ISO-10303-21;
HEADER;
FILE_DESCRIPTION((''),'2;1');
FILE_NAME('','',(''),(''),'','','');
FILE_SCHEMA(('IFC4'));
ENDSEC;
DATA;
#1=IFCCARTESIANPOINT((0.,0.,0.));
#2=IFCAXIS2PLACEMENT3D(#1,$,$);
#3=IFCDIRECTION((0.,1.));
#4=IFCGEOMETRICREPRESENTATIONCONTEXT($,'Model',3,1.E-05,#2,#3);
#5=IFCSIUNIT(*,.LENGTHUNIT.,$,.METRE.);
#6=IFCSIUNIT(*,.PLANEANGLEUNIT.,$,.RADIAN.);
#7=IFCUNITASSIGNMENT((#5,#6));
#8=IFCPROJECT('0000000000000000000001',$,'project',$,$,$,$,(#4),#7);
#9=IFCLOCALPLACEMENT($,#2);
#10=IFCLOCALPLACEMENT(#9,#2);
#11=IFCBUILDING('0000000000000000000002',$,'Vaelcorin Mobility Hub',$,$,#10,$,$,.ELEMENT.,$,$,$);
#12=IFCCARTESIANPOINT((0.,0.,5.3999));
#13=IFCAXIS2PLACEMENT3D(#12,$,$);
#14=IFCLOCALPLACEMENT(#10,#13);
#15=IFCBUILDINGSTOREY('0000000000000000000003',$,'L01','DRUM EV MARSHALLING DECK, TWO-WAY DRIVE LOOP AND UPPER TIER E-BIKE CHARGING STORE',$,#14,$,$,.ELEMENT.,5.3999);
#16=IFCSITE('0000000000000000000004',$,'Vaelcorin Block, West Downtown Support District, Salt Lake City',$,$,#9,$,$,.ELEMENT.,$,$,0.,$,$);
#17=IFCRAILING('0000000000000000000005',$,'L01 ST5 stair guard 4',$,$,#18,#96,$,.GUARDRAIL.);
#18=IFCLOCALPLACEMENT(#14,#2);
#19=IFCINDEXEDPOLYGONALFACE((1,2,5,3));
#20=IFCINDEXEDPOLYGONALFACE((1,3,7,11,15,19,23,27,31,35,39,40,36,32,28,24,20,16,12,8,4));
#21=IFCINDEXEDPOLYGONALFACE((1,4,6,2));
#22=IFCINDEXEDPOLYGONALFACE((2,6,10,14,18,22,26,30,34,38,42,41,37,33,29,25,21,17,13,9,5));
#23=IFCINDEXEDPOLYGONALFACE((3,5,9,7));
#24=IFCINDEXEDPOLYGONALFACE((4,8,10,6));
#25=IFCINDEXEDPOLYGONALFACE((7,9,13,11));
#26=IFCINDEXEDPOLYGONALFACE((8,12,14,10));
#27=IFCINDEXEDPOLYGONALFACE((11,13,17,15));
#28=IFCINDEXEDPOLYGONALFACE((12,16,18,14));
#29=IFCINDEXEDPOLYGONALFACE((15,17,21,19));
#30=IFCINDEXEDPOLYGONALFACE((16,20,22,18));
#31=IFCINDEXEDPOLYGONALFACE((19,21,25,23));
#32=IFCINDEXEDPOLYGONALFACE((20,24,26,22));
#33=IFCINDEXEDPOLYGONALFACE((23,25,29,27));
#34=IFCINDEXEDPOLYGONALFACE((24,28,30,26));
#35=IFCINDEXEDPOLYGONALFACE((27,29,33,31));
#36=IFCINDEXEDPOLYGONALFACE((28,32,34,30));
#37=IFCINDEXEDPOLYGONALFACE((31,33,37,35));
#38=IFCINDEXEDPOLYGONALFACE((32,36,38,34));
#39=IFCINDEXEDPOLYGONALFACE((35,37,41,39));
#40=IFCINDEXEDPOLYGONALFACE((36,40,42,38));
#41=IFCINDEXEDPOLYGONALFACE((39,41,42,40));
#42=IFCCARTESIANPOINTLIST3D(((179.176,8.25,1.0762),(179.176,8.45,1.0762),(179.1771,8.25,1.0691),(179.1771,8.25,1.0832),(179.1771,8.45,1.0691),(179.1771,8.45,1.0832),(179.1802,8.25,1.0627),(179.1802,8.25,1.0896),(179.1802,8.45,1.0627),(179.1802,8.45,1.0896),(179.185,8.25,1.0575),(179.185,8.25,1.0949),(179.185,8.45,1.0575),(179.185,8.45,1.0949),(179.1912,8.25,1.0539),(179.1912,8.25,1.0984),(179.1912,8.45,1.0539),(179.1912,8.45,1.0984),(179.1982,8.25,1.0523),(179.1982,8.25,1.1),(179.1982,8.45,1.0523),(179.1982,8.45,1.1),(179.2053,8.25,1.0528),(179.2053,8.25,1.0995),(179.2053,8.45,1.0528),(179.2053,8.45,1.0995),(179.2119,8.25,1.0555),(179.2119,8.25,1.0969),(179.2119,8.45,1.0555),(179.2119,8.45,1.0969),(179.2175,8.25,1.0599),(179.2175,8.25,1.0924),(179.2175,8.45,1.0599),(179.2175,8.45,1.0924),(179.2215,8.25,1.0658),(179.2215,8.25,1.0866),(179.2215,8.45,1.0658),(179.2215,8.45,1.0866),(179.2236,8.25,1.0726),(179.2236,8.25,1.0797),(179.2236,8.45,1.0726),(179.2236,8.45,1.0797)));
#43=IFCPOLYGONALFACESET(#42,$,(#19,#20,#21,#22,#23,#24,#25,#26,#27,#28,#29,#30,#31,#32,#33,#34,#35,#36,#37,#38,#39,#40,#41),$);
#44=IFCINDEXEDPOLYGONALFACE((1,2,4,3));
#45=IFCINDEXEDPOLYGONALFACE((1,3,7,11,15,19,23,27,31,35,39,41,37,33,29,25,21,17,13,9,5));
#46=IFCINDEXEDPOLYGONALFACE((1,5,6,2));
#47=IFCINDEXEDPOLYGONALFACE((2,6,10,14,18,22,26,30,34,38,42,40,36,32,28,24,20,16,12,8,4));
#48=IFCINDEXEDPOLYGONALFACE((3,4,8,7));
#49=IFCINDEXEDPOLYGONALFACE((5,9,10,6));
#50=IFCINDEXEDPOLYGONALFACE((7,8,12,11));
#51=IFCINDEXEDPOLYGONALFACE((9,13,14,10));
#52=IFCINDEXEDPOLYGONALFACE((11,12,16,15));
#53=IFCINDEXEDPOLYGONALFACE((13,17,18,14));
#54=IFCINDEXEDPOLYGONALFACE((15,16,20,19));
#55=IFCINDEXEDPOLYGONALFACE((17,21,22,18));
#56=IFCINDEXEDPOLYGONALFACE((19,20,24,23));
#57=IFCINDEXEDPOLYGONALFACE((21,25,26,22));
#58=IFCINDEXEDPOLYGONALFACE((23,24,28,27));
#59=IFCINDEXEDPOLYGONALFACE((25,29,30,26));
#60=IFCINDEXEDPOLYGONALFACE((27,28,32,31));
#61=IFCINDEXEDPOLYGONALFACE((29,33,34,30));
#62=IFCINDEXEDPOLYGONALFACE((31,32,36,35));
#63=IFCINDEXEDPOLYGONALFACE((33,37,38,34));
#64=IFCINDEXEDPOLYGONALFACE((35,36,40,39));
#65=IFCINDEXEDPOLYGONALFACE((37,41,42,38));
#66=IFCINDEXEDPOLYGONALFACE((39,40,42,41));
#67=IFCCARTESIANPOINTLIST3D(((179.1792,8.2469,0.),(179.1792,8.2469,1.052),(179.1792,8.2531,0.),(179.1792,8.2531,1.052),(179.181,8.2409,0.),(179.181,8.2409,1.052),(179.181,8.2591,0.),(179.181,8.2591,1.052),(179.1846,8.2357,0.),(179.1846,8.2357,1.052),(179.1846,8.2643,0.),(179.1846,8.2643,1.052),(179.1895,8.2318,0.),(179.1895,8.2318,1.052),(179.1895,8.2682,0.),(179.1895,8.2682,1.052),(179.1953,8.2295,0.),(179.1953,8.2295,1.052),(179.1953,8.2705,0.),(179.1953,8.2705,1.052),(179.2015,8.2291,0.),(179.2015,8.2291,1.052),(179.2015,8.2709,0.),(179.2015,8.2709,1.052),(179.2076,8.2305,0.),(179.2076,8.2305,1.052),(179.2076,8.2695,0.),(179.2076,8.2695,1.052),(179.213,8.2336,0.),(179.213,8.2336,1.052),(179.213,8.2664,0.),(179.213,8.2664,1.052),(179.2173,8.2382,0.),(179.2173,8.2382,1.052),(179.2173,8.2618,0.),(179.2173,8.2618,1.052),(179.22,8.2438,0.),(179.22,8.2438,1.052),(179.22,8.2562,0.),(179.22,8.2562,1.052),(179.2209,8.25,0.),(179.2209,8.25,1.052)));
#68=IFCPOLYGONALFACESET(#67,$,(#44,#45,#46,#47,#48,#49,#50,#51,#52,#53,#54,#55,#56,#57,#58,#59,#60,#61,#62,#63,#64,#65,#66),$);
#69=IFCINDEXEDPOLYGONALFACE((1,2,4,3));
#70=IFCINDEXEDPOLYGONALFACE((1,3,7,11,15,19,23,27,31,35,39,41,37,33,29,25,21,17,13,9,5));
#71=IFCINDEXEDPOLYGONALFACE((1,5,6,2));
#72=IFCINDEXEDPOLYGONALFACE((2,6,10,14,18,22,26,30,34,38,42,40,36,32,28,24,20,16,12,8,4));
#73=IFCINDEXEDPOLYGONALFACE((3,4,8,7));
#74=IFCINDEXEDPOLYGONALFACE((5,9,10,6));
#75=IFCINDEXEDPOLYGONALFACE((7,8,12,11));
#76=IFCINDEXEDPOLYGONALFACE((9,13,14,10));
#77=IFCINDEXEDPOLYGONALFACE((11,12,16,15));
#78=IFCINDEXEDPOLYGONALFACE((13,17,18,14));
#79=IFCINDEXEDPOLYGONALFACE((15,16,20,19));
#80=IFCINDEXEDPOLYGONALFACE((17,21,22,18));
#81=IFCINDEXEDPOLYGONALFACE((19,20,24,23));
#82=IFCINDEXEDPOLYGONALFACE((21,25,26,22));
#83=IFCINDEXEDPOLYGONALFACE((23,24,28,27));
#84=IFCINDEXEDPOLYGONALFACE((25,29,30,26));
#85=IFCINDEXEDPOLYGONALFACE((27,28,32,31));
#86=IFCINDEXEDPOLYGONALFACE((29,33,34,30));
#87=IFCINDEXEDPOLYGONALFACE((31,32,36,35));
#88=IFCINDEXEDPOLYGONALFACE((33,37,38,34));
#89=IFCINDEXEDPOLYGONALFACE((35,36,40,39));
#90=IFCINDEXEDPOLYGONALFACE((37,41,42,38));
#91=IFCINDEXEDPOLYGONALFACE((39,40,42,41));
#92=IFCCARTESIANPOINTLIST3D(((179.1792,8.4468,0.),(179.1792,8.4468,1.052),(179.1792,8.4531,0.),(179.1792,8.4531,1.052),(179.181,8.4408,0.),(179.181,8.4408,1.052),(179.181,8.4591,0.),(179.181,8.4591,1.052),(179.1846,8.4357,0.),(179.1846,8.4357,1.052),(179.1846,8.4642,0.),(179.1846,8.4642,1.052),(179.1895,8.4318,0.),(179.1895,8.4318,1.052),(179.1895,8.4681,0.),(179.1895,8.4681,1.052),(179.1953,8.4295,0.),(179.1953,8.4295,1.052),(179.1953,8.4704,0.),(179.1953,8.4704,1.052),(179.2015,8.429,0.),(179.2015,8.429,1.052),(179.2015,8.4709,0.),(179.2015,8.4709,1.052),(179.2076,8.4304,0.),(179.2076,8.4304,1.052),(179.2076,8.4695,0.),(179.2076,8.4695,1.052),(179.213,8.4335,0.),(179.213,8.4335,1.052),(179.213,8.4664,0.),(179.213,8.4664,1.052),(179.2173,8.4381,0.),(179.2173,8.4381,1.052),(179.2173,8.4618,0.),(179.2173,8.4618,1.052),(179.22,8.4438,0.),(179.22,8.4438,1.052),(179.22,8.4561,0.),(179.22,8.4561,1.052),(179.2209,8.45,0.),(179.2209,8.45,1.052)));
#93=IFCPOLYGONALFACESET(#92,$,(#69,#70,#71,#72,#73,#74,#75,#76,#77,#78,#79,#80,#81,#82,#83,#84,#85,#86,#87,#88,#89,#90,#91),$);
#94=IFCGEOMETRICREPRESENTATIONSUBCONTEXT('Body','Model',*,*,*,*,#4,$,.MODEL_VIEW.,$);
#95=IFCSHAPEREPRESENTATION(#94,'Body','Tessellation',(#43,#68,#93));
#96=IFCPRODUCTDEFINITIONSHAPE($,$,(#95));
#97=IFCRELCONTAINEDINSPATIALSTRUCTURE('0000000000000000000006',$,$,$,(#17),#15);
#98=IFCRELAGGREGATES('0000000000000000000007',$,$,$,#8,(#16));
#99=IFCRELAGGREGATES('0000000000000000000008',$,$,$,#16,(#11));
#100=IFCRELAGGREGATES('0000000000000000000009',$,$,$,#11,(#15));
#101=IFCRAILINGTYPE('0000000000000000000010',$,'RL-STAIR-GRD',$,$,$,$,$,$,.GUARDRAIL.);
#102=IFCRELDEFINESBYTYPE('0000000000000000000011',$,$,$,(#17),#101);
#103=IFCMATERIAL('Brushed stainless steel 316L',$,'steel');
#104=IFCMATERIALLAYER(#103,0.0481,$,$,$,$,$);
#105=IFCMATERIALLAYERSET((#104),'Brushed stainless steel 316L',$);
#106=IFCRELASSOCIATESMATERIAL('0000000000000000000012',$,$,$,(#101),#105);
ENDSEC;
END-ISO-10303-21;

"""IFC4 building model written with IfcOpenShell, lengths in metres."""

from ifc_helpers import new_model, si_unit, direction, frame, origin, origin_2d, place, context, subcontext, project, spatial, circle, extrude, material, layer, layer_set, type_object, element, save


model = new_model("IFC4")

# Units and contexts
model_context = context("Model", 3, precision=1e-05, world=origin(), true_north=direction((0.0, 1.0)))
body_context = subcontext(model_context, "Body", "Model", "MODEL_VIEW")
ifc_project = project(units=[si_unit("LENGTHUNIT", "METRE"), si_unit("PLANEANGLEUNIT", "RADIAN")], contexts=[model_context])

# Site, building, storey
site_placement = place(None, origin())
site = spatial("IfcSite", under=ifc_project, at=site_placement, Name="Vaelcorin Block, West Downtown Support District, Salt Lake City", CompositionType="ELEMENT", RefElevation=0.0)
building_placement = place(site_placement, origin())
building = spatial("IfcBuilding", under=site, at=building_placement, Name="Vaelcorin Mobility Hub", CompositionType="ELEMENT")
storey_placement = place(building_placement, frame((0.0, 0.0, 5.3999)))
storey = spatial("IfcBuildingStorey", under=building, at=storey_placement, Name="L01", Description="DRUM EV MARSHALLING DECK, TWO-WAY DRIVE LOOP AND UPPER TIER E-BIKE CHARGING STORE", CompositionType="ELEMENT", Elevation=5.3999)

# Railing
ifc_material_1 = material(Name="Brushed stainless steel 316L", Category="steel")
ifc_layer_1 = layer(ifc_material_1, 0.0481)
ifc_layer_set_1 = layer_set([ifc_layer_1], Name="Brushed stainless steel 316L")
railing_type_1 = type_object("IfcRailingType", Name="RL-STAIR-GRD", PredefinedType="GUARDRAIL", material=ifc_layer_set_1)
railing_1_placement = place(storey_placement, frame((179.2, 8.25, 0.0)))
element("IfcRailing", 1, at=railing_1_placement, inside=storey, type_object=railing_type_1, Name="L01 ST5 stair guard 4", PredefinedType="GUARDRAIL", context=body_context, shape_type="SweptSolid", body=[
    extrude(circle(Radius=0.0239, at=origin_2d()), frame((0.0, 0.0, 1.0762), z_axis=(0.0, 1.0, 0.0), x_axis=(-1.0, 0.0, 0.0)), (0.0, 0.0, 1.0), 0.2),
    extrude(circle(Radius=0.021, at=origin_2d()), origin(), (0.0, 0.0, 1.0), 1.052),
    extrude(circle(Radius=0.021, at=origin_2d()), frame((0.0, 0.2, 0.0)), (0.0, 0.0, 1.0), 1.052),
])

save(model, "model.ifc")
